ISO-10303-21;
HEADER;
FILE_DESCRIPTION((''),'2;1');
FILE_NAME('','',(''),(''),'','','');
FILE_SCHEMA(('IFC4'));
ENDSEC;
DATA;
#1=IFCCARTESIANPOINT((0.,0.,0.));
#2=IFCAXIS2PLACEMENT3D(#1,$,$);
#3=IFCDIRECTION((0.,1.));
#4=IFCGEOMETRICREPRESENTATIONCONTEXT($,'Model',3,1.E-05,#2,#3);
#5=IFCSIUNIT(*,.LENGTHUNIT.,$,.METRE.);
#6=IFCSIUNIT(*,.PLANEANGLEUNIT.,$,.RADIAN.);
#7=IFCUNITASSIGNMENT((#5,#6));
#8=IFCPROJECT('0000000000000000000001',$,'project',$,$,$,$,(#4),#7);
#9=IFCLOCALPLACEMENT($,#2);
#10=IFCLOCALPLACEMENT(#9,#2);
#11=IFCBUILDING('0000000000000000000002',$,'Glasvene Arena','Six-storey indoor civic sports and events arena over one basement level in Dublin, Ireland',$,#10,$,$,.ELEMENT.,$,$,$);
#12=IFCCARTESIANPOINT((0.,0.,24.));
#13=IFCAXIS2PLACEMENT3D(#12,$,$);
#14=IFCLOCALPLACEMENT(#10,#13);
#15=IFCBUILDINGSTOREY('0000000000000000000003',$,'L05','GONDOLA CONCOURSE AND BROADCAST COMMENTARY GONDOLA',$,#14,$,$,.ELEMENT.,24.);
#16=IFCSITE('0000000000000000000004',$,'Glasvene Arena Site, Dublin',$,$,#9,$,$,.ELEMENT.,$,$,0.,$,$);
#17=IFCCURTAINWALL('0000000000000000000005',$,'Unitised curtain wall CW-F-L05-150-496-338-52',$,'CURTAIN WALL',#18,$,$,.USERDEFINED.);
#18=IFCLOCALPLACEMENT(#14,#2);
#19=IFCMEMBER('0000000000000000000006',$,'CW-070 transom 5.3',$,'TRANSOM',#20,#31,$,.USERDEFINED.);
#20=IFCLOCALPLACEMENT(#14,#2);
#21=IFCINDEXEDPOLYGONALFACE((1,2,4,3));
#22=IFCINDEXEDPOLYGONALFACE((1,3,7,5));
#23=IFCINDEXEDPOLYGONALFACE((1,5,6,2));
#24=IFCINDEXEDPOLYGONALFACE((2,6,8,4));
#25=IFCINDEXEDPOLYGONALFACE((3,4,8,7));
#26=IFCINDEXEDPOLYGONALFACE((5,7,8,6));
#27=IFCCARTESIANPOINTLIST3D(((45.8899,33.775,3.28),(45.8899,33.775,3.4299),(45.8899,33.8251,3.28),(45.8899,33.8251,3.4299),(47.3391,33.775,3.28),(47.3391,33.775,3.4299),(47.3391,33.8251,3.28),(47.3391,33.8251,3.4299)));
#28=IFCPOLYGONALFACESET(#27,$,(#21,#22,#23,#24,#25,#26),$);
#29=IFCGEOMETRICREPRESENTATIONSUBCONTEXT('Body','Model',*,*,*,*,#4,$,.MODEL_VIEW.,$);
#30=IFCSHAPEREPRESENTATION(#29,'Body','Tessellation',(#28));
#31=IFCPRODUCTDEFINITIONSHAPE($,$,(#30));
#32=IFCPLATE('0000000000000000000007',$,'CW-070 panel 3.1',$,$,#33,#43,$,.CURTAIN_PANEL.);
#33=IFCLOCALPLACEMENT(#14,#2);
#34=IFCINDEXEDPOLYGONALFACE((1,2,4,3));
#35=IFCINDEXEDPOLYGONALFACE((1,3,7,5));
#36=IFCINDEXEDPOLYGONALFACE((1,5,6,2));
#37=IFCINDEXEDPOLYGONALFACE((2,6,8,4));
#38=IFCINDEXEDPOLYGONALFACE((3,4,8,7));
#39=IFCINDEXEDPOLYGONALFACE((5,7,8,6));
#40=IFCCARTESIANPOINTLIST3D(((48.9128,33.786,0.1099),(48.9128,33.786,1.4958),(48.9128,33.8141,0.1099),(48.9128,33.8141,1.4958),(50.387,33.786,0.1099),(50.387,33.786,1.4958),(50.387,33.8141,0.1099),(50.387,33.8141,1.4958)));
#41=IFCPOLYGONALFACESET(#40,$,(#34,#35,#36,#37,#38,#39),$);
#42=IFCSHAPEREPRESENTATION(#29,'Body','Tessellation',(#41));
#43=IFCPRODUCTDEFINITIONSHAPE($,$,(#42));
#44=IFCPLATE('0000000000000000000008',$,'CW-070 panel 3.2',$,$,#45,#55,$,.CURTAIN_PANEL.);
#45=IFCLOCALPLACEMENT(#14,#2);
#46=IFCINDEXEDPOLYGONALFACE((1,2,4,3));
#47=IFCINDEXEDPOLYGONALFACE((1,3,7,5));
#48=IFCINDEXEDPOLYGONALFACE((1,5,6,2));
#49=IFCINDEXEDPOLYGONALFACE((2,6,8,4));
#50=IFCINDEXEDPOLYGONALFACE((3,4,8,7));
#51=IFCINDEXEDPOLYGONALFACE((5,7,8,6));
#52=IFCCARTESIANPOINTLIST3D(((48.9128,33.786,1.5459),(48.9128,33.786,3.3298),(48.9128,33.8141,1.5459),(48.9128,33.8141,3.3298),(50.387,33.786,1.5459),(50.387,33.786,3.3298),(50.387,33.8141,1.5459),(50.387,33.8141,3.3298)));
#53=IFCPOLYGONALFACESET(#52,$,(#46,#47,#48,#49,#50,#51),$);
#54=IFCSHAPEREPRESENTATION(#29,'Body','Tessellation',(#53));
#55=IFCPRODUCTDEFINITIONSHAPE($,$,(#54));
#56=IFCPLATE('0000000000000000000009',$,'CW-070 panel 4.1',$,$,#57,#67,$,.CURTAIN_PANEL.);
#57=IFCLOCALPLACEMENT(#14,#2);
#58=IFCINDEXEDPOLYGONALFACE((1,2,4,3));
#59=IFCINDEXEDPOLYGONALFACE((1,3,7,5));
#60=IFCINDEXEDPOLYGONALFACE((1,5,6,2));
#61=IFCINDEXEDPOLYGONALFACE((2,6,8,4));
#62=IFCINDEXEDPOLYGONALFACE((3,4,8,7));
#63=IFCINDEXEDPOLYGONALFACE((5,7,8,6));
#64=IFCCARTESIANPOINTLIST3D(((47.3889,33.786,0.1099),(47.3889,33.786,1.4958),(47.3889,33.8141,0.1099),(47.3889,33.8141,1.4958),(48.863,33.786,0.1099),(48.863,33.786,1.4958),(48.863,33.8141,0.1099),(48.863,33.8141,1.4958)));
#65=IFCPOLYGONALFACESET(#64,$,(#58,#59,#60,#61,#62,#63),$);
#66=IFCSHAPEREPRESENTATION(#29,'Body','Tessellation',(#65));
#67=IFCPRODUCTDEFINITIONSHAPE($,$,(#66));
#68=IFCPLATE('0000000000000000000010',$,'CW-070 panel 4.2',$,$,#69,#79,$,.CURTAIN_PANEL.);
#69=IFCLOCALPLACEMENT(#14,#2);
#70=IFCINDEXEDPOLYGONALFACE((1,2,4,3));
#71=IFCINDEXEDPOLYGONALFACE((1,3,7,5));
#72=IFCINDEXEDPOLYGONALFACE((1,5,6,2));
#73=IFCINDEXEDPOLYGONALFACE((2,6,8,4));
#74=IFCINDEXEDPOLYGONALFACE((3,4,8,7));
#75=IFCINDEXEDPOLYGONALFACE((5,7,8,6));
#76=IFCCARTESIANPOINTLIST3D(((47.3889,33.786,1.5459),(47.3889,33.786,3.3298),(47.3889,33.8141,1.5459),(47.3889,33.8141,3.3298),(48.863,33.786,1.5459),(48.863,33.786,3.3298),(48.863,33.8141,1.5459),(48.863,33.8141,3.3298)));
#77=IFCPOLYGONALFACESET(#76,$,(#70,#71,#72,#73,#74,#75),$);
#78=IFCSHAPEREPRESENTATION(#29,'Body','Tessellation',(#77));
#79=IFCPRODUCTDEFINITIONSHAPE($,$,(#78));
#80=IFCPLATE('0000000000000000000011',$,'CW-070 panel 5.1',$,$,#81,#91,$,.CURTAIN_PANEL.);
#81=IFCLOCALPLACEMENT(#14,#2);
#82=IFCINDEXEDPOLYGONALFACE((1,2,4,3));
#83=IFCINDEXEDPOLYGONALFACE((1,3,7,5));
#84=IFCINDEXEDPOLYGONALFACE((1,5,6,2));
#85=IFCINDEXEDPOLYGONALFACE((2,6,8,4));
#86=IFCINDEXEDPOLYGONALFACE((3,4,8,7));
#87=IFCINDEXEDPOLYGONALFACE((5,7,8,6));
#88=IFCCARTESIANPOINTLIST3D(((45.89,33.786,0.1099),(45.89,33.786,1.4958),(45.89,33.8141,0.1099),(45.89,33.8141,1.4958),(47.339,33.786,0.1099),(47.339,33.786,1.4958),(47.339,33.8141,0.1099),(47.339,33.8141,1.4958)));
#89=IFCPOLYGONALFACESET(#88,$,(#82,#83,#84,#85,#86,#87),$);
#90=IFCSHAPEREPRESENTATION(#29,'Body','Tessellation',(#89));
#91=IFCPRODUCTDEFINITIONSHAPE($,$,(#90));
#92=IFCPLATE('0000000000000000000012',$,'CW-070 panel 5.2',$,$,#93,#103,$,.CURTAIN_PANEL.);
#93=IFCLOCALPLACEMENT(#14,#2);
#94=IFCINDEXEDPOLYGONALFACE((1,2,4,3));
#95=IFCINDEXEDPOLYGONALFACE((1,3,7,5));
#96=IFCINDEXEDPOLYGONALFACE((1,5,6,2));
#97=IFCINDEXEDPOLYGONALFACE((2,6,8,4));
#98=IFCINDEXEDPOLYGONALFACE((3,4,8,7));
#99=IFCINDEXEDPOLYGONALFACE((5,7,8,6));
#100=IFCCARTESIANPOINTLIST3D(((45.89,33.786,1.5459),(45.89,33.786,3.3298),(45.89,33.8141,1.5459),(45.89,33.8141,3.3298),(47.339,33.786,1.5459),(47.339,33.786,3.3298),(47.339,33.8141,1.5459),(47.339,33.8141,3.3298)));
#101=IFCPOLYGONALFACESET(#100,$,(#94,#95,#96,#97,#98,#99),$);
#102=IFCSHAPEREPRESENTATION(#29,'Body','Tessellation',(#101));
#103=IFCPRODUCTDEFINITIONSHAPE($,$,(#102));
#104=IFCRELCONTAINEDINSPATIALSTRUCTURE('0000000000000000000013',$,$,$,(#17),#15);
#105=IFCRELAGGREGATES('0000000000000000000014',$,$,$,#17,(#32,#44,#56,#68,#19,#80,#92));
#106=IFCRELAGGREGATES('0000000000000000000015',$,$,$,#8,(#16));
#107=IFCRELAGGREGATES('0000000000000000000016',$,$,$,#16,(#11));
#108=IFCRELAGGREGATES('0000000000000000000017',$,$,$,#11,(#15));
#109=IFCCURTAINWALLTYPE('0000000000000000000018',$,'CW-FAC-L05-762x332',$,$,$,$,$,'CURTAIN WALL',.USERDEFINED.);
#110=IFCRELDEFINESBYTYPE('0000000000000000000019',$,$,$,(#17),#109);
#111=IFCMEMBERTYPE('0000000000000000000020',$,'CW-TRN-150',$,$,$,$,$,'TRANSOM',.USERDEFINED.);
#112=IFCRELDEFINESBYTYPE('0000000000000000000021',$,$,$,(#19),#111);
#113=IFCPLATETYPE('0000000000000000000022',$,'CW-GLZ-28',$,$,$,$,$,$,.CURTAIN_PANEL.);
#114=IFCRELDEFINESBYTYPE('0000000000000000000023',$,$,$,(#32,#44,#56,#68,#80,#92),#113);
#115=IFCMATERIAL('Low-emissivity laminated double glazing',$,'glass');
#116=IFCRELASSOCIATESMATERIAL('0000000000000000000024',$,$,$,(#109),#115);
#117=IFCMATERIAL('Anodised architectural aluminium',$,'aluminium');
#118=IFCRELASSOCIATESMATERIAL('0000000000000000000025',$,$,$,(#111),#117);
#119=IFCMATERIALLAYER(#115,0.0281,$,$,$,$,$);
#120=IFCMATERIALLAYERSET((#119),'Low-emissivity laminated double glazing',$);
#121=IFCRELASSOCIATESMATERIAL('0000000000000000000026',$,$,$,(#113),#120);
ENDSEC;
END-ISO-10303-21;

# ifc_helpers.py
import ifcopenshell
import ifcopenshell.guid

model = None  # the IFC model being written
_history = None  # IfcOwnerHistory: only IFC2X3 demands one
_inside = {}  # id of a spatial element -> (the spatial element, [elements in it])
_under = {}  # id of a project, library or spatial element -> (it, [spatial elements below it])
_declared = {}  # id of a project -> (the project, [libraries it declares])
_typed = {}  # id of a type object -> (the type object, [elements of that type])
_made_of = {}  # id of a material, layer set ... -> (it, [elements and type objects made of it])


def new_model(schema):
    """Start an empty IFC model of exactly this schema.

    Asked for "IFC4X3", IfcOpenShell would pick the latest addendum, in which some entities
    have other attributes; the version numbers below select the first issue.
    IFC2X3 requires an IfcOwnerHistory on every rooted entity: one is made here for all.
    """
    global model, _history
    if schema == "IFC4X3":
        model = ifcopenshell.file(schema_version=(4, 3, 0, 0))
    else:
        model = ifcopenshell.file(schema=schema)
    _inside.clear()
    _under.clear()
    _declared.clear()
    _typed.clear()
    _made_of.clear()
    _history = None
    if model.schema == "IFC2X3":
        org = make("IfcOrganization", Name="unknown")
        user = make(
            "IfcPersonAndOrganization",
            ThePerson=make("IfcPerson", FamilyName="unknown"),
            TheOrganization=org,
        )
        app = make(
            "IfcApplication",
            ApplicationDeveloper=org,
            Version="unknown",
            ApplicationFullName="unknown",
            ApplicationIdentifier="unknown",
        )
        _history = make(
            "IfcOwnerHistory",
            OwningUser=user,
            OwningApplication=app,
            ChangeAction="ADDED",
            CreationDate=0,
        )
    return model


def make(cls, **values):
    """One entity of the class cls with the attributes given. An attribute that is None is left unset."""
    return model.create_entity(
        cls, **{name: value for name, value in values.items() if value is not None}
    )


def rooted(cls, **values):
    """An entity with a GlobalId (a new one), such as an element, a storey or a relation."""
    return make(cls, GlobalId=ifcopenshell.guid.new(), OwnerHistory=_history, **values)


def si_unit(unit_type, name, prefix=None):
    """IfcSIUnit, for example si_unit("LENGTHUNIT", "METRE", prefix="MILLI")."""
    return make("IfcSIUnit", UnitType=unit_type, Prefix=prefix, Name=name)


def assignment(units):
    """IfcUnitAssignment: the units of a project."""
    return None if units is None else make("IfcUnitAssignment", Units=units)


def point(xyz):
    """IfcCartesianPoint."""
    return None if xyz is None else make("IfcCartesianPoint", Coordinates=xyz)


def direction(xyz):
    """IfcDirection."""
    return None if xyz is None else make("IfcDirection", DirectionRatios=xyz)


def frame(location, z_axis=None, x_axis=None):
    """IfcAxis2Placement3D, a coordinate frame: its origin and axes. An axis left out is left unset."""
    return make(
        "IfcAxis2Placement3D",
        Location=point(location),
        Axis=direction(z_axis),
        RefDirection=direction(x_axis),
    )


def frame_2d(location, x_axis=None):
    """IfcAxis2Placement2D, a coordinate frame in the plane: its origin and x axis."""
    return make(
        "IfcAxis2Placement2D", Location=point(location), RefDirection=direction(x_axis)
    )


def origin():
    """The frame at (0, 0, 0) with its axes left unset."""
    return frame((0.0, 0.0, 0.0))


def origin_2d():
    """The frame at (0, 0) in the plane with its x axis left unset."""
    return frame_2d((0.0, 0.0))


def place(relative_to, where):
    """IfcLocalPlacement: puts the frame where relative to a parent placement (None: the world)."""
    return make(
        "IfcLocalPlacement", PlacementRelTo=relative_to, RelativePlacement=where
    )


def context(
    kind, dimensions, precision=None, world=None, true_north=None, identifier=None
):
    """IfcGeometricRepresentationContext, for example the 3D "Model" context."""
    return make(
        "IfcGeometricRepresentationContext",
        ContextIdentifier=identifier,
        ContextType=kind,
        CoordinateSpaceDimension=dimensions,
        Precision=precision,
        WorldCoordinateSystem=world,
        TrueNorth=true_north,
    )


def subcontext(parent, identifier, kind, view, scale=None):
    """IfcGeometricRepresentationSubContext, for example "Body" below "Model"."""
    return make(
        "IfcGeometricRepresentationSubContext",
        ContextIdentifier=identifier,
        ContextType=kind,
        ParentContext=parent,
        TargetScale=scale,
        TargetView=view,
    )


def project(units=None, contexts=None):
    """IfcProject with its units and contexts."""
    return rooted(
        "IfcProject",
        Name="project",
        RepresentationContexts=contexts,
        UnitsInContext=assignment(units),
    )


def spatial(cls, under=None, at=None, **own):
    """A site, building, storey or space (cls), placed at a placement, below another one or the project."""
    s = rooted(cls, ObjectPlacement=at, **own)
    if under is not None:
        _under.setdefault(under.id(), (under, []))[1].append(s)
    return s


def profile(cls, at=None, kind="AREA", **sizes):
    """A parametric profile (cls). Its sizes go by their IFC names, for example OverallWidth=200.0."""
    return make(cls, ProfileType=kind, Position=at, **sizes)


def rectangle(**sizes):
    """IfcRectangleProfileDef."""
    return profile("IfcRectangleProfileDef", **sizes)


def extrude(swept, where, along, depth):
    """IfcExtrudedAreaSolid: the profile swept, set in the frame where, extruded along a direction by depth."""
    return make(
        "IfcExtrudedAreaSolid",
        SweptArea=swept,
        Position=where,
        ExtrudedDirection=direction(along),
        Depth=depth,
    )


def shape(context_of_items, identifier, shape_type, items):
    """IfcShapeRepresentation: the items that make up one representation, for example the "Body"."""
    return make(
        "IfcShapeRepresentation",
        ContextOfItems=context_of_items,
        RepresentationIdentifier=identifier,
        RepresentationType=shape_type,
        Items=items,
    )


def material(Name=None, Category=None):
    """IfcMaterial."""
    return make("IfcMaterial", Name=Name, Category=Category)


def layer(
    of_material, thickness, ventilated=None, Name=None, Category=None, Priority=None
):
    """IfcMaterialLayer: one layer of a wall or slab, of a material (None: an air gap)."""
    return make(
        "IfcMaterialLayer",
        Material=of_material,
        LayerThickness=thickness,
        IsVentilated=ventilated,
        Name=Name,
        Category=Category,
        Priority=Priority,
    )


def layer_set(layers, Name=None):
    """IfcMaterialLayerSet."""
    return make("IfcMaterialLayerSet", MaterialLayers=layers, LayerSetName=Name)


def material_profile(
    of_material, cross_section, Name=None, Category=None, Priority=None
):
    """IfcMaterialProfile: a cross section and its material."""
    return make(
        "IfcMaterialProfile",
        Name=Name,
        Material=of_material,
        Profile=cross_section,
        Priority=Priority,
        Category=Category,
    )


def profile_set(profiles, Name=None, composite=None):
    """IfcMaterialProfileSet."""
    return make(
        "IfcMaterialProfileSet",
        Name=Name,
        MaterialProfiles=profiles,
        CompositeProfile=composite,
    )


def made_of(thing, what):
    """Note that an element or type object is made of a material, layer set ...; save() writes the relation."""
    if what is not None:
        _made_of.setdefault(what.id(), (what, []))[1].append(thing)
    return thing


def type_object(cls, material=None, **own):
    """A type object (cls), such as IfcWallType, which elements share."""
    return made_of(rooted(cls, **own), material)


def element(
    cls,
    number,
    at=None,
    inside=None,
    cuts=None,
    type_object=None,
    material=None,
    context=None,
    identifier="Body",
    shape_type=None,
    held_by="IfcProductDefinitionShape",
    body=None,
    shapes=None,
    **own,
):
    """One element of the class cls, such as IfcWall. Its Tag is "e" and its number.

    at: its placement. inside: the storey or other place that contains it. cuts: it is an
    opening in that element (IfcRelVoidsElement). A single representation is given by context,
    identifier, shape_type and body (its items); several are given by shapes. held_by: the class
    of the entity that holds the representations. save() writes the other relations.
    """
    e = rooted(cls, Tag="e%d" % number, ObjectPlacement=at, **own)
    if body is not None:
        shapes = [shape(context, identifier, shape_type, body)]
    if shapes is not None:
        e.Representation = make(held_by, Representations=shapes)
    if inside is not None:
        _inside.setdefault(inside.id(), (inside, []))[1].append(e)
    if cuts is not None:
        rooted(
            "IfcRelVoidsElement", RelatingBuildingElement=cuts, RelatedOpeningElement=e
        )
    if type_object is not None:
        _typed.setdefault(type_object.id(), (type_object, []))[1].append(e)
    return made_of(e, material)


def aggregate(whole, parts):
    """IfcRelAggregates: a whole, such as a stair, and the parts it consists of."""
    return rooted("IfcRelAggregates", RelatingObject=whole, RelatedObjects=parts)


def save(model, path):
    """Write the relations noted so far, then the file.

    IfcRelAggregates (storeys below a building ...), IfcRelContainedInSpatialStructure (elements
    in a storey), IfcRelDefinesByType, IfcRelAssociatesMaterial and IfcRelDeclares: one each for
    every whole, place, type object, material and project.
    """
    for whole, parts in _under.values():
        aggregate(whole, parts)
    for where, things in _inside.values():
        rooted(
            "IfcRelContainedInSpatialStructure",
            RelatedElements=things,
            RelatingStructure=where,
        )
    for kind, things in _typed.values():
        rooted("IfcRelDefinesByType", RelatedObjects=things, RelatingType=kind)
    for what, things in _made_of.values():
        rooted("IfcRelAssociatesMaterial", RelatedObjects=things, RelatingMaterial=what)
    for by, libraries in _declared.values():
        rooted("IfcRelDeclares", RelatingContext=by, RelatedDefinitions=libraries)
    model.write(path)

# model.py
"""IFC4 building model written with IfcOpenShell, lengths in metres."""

from ifc_helpers import new_model, si_unit, direction, frame, origin, origin_2d, place, context, subcontext, project, spatial, rectangle, extrude, material, layer, layer_set, material_profile, profile_set, type_object, element, aggregate, save


model = new_model("IFC4")

# Units and contexts
model_context = context("Model", 3, precision=1e-05, world=origin(), true_north=direction((0.0, 1.0)))
body_context = subcontext(model_context, "Body", "Model", "MODEL_VIEW")
ifc_project = project(units=[si_unit("LENGTHUNIT", "METRE"), si_unit("PLANEANGLEUNIT", "RADIAN")], contexts=[model_context])

# Site, building, storey
site_placement = place(None, origin())
site = spatial("IfcSite", under=ifc_project, at=site_placement, Name="Glasvene Arena Site, Dublin", CompositionType="ELEMENT", RefElevation=0.0)
building_placement = place(site_placement, origin())
building = spatial("IfcBuilding", under=site, at=building_placement, Name="Glasvene Arena", Description="Six-storey indoor civic sports and events arena over one basement level in Dublin, Ireland", CompositionType="ELEMENT")
storey_placement = place(building_placement, frame((0.0, 0.0, 24.0)))
storey = spatial("IfcBuildingStorey", under=building, at=storey_placement, Name="L05", Description="GONDOLA CONCOURSE AND BROADCAST COMMENTARY GONDOLA", CompositionType="ELEMENT", Elevation=24.0)

# Shared definitions
ifc_material_1 = material(Name="Low-emissivity laminated double glazing", Category="glass")
ifc_material_2 = material(Name="Anodised architectural aluminium", Category="aluminium")

# Curtain wall
curtain_wall_type_1 = type_object("IfcCurtainWallType", Name="CW-FAC-L05-762x332", ElementType="CURTAIN WALL", PredefinedType="USERDEFINED", material=ifc_material_1)
curtain_wall_1_placement = place(storey_placement, frame((53.46, 33.8, 0.0)))
curtain_wall_1 = element("IfcCurtainWall", 1, at=curtain_wall_1_placement, inside=storey, type_object=curtain_wall_type_1, Name="Unitised curtain wall CW-F-L05-150-496-338-52", ObjectType="CURTAIN WALL", PredefinedType="USERDEFINED")

# Member
ifc_material_profile_1 = material_profile(ifc_material_2, rectangle(XDim=0.05, YDim=0.1499, at=origin_2d()), Name="ALU TRANSOM 50x150")
ifc_profile_set_1 = profile_set([ifc_material_profile_1], Name="Anodised architectural aluminium")
member_type_1 = type_object("IfcMemberType", Name="CW-TRN-150", ElementType="TRANSOM", PredefinedType="USERDEFINED", material=ifc_profile_set_1)
member_1_placement = place(storey_placement, frame((47.3391, 33.8, 3.355), z_axis=(-1.0, 0.0, 0.0), x_axis=(0.0, -1.0, 0.0)))
member_1 = element("IfcMember", 2, at=member_1_placement, type_object=member_type_1, Name="CW-070 transom 5.3", ObjectType="TRANSOM", PredefinedType="USERDEFINED", context=body_context, shape_type="SweptSolid", body=[
    extrude(rectangle(XDim=0.05, YDim=0.1499, at=origin_2d()), origin(), (0.0, 0.0, 1.0), 1.4492),
])

# Plates
ifc_layer = layer(ifc_material_1, 0.0281)
ifc_layer_set = layer_set([ifc_layer], Name="Low-emissivity laminated double glazing")
plate_type = type_object("IfcPlateType", Name="CW-GLZ-28", PredefinedType="CURTAIN_PANEL", material=ifc_layer_set)
plate_1_placement = place(storey_placement, frame((49.6499, 33.8, 0.1099), z_axis=(0.0, 0.0, 1.0), x_axis=(-1.0, 0.0, 0.0)))
plate_1 = element("IfcPlate", 3, at=plate_1_placement, type_object=plate_type, Name="CW-070 panel 3.1", PredefinedType="CURTAIN_PANEL", context=body_context, shape_type="SweptSolid", body=[
    extrude(rectangle(XDim=1.4741, YDim=0.0281, at=origin_2d()), origin(), (0.0, 0.0, 1.0), 1.386),
])
plate_2_placement = place(storey_placement, frame((49.6499, 33.8, 1.5459), z_axis=(0.0, 0.0, 1.0), x_axis=(-1.0, 0.0, 0.0)))
plate_2 = element("IfcPlate", 4, at=plate_2_placement, type_object=plate_type, Name="CW-070 panel 3.2", PredefinedType="CURTAIN_PANEL", context=body_context, shape_type="SweptSolid", body=[
    extrude(rectangle(XDim=1.4741, YDim=0.0281, at=origin_2d()), origin(), (0.0, 0.0, 1.0), 1.7839),
])
plate_3_placement = place(storey_placement, frame((48.126, 33.8, 0.1099), z_axis=(0.0, 0.0, 1.0), x_axis=(-1.0, 0.0, 0.0)))
plate_3 = element("IfcPlate", 5, at=plate_3_placement, type_object=plate_type, Name="CW-070 panel 4.1", PredefinedType="CURTAIN_PANEL", context=body_context, shape_type="SweptSolid", body=[
    extrude(rectangle(XDim=1.4741, YDim=0.0281, at=origin_2d()), origin(), (0.0, 0.0, 1.0), 1.386),
])
plate_4_placement = place(storey_placement, frame((48.126, 33.8, 1.5459), z_axis=(0.0, 0.0, 1.0), x_axis=(-1.0, 0.0, 0.0)))
plate_4 = element("IfcPlate", 6, at=plate_4_placement, type_object=plate_type, Name="CW-070 panel 4.2", PredefinedType="CURTAIN_PANEL", context=body_context, shape_type="SweptSolid", body=[
    extrude(rectangle(XDim=1.4741, YDim=0.0281, at=origin_2d()), origin(), (0.0, 0.0, 1.0), 1.7839),
])
plate_5_placement = place(storey_placement, frame((46.6145, 33.8, 0.1099), z_axis=(0.0, 0.0, 1.0), x_axis=(-1.0, 0.0, 0.0)))
plate_5 = element("IfcPlate", 7, at=plate_5_placement, type_object=plate_type, Name="CW-070 panel 5.1", PredefinedType="CURTAIN_PANEL", context=body_context, shape_type="SweptSolid", body=[
    extrude(rectangle(XDim=1.449, YDim=0.0281, at=origin_2d()), origin(), (0.0, 0.0, 1.0), 1.386),
])
plate_6_placement = place(storey_placement, frame((46.6145, 33.8, 1.5459), z_axis=(0.0, 0.0, 1.0), x_axis=(-1.0, 0.0, 0.0)))
plate_6 = element("IfcPlate", 8, at=plate_6_placement, type_object=plate_type, Name="CW-070 panel 5.2", PredefinedType="CURTAIN_PANEL", context=body_context, shape_type="SweptSolid", body=[
    extrude(rectangle(XDim=1.449, YDim=0.0281, at=origin_2d()), origin(), (0.0, 0.0, 1.0), 1.7839),
])
aggregate(curtain_wall_1, [plate_1, plate_2, plate_3, plate_4, member_1, plate_5, plate_6])

save(model, "model.ifc")
